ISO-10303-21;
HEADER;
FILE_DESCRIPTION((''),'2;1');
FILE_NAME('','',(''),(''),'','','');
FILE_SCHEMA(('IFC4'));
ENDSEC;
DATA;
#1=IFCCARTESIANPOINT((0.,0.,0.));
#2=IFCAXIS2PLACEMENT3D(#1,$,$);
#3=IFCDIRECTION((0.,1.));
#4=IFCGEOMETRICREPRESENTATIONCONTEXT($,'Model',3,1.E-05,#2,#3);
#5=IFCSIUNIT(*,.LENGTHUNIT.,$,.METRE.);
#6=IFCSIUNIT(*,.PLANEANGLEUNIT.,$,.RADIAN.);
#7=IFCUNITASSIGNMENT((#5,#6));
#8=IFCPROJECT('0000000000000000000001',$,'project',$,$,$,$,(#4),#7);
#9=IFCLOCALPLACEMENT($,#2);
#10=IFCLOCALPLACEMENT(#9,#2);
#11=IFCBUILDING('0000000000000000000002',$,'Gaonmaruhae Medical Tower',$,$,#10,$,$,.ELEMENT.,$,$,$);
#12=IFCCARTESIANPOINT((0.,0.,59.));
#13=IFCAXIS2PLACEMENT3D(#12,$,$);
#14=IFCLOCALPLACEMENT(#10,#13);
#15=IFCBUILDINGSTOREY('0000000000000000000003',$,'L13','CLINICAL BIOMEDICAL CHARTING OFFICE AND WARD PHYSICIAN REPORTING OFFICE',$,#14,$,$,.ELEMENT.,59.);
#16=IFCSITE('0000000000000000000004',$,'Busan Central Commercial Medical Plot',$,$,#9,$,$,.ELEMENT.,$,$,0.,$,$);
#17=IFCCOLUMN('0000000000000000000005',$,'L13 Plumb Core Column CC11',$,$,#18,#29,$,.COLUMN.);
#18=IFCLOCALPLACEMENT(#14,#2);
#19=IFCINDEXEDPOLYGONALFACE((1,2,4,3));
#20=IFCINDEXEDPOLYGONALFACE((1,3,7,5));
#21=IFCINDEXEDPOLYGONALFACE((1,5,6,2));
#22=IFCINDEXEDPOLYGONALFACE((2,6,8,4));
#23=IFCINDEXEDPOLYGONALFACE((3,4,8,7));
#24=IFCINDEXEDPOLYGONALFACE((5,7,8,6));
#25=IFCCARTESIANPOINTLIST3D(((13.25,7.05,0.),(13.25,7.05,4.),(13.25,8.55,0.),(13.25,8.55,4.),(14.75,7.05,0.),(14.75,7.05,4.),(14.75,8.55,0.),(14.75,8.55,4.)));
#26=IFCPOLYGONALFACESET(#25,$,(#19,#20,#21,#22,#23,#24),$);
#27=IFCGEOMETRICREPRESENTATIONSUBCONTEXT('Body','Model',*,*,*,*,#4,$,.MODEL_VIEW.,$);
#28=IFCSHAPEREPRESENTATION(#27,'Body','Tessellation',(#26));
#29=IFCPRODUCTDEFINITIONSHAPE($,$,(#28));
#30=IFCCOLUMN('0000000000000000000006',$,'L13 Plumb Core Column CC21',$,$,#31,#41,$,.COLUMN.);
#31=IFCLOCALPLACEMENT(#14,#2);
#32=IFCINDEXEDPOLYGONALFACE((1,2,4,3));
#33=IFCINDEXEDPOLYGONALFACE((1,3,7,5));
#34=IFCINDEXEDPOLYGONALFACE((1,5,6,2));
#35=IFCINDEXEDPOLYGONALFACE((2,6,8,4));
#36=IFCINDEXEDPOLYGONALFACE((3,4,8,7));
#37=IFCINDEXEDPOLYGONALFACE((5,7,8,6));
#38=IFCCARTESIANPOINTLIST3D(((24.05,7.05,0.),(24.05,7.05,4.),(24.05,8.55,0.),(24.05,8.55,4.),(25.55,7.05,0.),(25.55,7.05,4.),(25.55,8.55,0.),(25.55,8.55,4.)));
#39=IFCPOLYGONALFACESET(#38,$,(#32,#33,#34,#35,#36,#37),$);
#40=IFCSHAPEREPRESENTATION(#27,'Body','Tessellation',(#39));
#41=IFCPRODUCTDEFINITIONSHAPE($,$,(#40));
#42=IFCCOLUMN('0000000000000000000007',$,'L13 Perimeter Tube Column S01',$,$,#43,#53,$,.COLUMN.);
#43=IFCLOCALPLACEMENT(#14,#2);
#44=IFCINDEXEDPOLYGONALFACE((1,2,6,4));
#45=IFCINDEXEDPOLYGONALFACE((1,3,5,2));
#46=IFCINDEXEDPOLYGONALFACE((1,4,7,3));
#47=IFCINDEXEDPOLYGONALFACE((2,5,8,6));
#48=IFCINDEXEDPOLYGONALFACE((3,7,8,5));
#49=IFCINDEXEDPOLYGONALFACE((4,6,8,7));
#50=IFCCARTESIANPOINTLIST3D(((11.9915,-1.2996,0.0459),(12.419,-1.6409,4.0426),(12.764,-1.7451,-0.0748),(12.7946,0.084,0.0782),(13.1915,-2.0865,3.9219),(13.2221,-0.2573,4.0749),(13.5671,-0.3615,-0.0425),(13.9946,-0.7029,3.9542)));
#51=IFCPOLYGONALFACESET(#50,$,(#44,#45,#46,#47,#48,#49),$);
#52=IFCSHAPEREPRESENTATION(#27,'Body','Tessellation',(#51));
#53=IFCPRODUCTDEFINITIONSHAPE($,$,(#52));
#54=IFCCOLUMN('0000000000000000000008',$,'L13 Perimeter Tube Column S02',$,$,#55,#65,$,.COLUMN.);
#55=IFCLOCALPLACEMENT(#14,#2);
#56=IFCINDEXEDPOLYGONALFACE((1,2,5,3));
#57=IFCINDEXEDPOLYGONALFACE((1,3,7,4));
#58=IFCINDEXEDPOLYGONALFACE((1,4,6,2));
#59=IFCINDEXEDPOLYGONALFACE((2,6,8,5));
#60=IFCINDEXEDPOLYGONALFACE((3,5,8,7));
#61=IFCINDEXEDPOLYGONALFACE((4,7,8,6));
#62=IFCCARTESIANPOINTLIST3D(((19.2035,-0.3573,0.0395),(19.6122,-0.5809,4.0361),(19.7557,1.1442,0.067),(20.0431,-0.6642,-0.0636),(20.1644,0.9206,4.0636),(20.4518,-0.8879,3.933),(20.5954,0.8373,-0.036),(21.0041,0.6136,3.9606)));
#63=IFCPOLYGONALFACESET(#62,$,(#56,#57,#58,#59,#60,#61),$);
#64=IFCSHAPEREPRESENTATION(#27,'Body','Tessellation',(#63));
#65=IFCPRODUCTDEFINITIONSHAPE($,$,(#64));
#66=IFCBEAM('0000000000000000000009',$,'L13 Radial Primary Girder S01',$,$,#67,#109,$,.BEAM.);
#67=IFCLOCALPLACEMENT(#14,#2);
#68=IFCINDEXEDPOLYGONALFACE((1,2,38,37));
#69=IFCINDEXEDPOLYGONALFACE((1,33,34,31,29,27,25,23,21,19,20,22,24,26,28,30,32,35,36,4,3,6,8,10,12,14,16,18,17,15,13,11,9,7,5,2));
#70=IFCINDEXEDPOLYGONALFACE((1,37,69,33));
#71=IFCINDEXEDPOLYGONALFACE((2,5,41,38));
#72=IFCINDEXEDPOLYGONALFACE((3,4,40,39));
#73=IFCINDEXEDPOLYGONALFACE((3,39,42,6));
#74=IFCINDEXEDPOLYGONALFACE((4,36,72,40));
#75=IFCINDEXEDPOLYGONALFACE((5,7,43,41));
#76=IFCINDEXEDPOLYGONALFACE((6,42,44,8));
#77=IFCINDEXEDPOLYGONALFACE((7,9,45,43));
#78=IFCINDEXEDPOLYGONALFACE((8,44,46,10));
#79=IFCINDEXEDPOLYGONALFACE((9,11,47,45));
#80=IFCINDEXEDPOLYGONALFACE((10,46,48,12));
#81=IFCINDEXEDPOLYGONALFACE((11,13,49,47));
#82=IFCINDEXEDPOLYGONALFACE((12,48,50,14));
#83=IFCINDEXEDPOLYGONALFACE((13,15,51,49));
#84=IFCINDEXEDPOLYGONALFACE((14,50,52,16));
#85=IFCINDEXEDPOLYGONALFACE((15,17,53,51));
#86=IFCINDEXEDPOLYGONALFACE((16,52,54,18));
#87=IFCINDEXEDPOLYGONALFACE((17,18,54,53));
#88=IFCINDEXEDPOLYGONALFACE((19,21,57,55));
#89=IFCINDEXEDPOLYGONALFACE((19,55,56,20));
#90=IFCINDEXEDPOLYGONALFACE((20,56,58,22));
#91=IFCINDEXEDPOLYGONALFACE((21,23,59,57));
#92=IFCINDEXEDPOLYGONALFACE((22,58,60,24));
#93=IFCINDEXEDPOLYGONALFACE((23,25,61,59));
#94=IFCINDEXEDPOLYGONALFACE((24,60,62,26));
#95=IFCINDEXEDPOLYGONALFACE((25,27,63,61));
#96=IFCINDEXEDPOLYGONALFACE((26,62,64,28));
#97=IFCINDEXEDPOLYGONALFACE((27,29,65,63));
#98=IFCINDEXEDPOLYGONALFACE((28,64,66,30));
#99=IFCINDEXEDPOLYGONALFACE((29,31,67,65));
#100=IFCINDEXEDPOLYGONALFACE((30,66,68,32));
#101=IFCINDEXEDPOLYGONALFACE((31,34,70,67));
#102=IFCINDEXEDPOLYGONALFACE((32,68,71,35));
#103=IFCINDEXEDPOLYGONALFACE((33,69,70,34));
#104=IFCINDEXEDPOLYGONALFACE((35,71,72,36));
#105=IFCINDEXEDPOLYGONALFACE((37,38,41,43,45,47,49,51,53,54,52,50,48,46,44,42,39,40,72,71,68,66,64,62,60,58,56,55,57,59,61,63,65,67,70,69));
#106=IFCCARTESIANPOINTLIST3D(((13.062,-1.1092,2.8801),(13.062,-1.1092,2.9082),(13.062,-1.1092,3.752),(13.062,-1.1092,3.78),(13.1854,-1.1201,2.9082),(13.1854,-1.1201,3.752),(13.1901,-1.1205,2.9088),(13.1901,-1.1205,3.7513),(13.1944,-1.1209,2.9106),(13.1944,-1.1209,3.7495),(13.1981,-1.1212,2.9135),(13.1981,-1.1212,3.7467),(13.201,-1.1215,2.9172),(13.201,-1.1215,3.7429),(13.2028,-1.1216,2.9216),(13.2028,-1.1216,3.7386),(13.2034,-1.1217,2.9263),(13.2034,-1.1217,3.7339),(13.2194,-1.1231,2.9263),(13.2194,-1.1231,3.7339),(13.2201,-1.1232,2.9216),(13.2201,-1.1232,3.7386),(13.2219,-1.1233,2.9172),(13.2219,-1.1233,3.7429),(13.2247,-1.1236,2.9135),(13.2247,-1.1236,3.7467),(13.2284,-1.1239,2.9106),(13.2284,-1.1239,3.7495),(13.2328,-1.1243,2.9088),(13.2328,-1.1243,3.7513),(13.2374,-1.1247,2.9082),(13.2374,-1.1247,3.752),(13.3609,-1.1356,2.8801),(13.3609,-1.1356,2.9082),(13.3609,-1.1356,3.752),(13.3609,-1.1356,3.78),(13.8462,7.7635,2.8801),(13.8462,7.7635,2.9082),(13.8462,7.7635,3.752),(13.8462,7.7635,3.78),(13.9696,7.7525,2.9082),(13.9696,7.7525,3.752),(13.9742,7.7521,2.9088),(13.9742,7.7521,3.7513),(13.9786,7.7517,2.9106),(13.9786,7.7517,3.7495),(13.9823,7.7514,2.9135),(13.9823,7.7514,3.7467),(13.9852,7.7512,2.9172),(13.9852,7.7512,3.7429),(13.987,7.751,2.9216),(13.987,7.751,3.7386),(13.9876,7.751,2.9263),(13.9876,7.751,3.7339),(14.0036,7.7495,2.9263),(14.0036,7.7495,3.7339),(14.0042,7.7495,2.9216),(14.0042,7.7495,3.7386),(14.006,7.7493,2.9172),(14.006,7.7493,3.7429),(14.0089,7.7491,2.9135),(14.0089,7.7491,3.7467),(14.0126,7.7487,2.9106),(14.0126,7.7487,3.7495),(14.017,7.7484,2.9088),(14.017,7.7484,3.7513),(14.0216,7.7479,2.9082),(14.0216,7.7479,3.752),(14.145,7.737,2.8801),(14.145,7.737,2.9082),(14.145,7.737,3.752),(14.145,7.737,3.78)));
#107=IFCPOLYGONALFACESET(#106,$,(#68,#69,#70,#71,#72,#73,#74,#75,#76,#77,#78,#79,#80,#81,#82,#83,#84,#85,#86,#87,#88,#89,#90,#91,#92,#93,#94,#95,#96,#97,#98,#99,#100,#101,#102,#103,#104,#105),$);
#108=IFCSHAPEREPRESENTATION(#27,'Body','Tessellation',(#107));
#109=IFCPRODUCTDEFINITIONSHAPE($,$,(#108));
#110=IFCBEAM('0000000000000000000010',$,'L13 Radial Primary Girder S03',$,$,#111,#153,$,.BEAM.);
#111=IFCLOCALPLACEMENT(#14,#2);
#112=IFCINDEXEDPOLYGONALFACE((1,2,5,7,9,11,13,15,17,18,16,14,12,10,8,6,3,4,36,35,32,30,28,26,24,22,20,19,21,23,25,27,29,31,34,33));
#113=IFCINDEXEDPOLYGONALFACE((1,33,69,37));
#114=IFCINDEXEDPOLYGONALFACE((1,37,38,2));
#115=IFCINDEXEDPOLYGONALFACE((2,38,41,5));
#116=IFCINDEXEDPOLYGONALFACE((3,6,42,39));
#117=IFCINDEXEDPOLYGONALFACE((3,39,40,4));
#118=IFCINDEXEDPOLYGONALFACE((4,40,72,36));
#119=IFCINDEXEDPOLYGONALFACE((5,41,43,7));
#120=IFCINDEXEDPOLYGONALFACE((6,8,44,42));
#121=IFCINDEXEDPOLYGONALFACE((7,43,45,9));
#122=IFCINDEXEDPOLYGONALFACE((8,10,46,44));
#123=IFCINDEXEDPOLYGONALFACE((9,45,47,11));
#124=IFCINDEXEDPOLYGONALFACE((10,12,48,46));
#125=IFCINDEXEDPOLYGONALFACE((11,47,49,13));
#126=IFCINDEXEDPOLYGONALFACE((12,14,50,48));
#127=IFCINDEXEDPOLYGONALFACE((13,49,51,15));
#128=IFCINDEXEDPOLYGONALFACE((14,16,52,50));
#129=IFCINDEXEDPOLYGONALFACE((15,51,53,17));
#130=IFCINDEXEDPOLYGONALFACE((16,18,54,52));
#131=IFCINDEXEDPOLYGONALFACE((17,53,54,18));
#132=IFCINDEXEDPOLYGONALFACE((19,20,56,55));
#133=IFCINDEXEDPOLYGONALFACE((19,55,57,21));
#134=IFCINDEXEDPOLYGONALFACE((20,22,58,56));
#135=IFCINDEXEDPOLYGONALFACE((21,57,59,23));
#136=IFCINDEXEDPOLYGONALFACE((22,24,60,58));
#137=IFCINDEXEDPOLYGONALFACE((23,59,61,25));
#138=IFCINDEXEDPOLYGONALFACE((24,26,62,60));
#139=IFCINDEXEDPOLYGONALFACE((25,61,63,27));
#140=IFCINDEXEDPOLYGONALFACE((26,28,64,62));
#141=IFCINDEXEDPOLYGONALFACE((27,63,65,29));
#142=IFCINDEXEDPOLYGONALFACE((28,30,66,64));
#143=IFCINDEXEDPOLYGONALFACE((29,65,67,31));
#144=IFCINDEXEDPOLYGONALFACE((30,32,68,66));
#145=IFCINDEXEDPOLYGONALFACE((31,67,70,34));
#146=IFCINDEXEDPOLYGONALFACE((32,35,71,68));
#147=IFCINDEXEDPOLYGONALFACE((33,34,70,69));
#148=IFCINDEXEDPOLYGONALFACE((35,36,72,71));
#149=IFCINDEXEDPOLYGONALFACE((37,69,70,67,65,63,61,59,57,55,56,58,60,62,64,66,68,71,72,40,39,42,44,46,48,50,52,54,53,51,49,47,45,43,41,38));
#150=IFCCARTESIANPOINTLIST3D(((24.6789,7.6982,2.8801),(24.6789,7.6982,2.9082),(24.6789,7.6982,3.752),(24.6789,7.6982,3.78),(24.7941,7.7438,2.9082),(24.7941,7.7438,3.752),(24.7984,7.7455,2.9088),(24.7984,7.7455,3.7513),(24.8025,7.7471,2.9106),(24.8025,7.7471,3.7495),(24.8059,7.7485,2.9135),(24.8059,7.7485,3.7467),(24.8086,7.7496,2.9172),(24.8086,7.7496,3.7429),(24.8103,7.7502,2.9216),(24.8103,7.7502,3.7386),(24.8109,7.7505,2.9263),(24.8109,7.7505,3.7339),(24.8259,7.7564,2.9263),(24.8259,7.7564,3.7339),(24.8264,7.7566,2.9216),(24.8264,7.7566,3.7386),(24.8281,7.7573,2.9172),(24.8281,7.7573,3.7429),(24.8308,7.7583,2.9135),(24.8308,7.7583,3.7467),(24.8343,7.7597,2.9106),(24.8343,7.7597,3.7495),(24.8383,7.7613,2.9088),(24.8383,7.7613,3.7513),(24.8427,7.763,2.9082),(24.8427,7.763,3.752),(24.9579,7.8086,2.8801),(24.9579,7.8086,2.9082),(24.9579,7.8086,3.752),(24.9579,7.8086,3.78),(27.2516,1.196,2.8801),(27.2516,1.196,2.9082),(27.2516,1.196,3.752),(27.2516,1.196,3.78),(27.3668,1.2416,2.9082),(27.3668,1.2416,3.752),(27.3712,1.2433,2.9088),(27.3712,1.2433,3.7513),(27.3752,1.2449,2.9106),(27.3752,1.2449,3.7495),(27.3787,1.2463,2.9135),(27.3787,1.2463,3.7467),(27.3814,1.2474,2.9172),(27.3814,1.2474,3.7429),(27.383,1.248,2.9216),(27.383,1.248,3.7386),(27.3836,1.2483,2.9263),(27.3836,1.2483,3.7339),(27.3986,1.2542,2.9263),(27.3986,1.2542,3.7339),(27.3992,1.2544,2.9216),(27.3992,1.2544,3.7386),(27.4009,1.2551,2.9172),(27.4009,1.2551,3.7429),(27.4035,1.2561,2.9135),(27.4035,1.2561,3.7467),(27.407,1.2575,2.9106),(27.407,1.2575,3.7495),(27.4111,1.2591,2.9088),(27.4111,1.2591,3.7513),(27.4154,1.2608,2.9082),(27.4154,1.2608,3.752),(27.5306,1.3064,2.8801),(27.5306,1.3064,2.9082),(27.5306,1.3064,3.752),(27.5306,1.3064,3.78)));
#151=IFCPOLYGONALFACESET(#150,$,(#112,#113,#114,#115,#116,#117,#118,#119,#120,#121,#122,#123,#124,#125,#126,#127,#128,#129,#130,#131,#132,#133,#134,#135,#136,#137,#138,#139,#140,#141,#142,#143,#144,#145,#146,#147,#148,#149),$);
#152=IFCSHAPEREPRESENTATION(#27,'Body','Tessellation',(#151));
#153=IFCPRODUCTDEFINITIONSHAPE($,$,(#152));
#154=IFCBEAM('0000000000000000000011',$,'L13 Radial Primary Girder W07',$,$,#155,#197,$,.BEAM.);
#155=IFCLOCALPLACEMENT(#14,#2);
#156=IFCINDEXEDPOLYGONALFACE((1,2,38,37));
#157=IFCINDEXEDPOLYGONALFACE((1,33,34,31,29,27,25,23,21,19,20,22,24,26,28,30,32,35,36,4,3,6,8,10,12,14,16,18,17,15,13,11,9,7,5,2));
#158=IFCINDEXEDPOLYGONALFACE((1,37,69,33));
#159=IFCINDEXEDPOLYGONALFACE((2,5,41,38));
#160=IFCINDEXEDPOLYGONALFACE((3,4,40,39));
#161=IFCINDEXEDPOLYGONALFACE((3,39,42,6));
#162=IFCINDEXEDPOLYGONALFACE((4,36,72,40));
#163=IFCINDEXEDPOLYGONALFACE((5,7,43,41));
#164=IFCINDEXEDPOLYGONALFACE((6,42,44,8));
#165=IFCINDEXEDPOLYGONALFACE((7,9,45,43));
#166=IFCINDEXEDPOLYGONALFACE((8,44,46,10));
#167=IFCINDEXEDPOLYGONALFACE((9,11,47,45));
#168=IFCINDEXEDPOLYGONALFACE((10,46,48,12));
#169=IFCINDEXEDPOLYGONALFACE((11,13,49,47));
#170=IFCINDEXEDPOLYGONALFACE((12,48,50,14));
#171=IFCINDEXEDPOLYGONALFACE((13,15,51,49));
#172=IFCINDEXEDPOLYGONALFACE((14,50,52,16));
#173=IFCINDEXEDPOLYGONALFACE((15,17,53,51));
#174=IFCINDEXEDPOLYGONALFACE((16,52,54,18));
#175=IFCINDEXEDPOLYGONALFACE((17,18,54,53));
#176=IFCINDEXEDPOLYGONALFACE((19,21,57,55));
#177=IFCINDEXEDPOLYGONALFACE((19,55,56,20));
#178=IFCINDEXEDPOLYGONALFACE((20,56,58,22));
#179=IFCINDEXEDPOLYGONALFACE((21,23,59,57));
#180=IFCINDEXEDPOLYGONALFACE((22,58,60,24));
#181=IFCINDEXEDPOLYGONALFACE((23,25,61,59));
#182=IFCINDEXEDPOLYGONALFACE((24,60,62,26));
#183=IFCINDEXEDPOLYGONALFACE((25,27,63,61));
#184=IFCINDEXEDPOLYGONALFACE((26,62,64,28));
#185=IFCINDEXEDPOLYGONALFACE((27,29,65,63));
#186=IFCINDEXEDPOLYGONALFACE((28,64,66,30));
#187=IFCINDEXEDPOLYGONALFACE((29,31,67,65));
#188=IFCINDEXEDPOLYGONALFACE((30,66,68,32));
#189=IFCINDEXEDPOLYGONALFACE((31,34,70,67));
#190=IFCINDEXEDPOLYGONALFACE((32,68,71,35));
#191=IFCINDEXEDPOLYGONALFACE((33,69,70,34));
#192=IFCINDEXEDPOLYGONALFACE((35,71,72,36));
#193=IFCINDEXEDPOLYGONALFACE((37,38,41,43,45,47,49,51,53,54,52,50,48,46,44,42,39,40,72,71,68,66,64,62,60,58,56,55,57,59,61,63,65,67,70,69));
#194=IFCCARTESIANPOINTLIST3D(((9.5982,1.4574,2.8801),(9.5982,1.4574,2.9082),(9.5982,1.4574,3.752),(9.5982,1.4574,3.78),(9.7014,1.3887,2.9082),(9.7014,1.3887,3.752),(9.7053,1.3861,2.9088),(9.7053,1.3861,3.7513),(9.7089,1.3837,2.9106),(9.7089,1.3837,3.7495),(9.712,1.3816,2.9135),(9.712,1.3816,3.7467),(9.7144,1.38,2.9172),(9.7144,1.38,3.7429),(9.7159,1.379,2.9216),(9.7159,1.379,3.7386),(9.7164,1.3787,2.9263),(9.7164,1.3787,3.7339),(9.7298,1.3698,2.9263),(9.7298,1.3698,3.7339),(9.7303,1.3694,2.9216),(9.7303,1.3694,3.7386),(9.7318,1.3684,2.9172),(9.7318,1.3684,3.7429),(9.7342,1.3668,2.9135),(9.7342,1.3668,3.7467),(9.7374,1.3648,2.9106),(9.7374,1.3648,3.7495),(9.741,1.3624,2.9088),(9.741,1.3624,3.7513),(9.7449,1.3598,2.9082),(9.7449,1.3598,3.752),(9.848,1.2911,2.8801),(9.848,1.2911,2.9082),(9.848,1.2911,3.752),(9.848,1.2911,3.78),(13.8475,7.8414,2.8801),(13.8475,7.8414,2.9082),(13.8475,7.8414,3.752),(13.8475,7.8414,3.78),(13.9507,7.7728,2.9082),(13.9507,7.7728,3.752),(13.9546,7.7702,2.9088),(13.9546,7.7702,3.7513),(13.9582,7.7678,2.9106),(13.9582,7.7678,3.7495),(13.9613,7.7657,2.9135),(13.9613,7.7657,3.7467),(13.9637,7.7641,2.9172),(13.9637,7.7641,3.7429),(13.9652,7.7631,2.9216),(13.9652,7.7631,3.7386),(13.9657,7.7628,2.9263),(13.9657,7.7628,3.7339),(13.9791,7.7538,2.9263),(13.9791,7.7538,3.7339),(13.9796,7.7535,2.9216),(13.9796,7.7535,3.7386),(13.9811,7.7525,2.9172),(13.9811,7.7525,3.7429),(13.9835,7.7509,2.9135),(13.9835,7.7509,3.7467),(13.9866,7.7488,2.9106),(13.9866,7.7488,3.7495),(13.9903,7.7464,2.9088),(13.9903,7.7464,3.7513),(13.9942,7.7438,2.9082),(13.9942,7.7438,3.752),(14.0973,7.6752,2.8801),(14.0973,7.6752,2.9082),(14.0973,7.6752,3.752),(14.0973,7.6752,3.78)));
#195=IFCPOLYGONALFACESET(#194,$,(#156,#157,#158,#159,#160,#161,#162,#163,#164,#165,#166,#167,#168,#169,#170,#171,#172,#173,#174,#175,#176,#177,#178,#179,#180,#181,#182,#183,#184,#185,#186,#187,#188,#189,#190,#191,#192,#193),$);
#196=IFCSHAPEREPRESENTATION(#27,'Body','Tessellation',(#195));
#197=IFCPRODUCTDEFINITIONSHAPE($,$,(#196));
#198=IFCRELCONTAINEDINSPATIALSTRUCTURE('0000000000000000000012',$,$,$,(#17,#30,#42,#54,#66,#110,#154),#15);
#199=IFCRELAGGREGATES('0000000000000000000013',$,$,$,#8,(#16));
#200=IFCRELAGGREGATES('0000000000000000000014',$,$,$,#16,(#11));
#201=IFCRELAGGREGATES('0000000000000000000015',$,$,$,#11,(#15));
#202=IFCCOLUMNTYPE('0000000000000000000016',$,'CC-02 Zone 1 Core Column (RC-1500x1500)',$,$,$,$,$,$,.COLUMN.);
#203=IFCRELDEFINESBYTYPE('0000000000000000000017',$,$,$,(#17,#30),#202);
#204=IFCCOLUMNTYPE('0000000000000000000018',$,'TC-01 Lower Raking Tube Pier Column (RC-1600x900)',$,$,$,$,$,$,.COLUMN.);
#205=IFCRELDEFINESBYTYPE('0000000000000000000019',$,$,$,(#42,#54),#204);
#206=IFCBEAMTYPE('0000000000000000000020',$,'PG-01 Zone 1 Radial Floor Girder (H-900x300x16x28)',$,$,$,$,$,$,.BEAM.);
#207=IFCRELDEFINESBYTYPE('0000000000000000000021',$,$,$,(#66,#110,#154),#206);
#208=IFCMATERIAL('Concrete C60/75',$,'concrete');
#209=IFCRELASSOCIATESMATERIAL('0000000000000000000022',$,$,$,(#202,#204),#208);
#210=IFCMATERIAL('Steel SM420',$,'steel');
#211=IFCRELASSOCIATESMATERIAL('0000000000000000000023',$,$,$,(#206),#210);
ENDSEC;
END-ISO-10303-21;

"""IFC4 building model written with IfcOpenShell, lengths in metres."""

from ifc_helpers import new_model, si_unit, direction, frame, origin, origin_2d, place, context, subcontext, project, spatial, rectangle, i_section, extrude, material, material_profile, profile_set, type_object, element, save


model = new_model("IFC4")

# Units and contexts
model_context = context("Model", 3, precision=1e-05, world=origin(), true_north=direction((0.0, 1.0)))
body_context = subcontext(model_context, "Body", "Model", "MODEL_VIEW")
ifc_project = project(units=[si_unit("LENGTHUNIT", "METRE"), si_unit("PLANEANGLEUNIT", "RADIAN")], contexts=[model_context])

# Site, building, storey
site_placement = place(None, origin())
site = spatial("IfcSite", under=ifc_project, at=site_placement, Name="Busan Central Commercial Medical Plot", CompositionType="ELEMENT", RefElevation=0.0)
building_placement = place(site_placement, origin())
building = spatial("IfcBuilding", under=site, at=building_placement, Name="Gaonmaruhae Medical Tower", CompositionType="ELEMENT")
storey_placement = place(building_placement, frame((0.0, 0.0, 59.0)))
storey = spatial("IfcBuildingStorey", under=building, at=storey_placement, Name="L13", Description="CLINICAL BIOMEDICAL CHARTING OFFICE AND WARD PHYSICIAN REPORTING OFFICE", CompositionType="ELEMENT", Elevation=59.0)

# Columns
ifc_material_1 = material(Name="Concrete C60/75", Category="concrete")
ifc_material_profile_1 = material_profile(ifc_material_1, rectangle(XDim=1.5, YDim=1.5, at=origin_2d()), Name="RC-1500x1500")
ifc_profile_set_1 = profile_set([ifc_material_profile_1], Name="Concrete C60/75")
column_type_1 = type_object("IfcColumnType", Name="CC-02 Zone 1 Core Column (RC-1500x1500)", PredefinedType="COLUMN", material=ifc_profile_set_1)
for number, where, z_axis, x_axis, name in (
    (1, (14.0, 7.8, 0.0), (0.0, 0.0, 1.0), (1.0, 0.0, 0.0), "L13 Plumb Core Column CC11"),
    (2, (24.8, 7.8, 0.0), (0.0, 0.0, 1.0), (1.0, 0.0, 0.0), "L13 Plumb Core Column CC21"),
):
    element("IfcColumn", number, at=place(storey_placement, frame(where, z_axis=z_axis, x_axis=x_axis)), inside=storey, type_object=column_type_1, Name=name, PredefinedType="COLUMN", context=body_context, shape_type="SweptSolid", body=[
        extrude(rectangle(XDim=1.5, YDim=1.5, at=origin_2d()), origin(), (0.0, 0.0, 1.0), 4.0),
    ])
ifc_material_profile_2 = material_profile(ifc_material_1, rectangle(XDim=1.6001, YDim=0.8999, at=origin_2d()), Name="RC-1600x900")
ifc_profile_set_2 = profile_set([ifc_material_profile_2], Name="Concrete C60/75")
column_type_2 = type_object("IfcColumnType", Name="TC-01 Lower Raking Tube Pier Column (RC-1600x900)", PredefinedType="COLUMN", material=ifc_profile_set_2)
column_1_placement = place(storey_placement, frame((12.7793, -0.8306, 0.0017), z_axis=(0.105976, -0.084611, 0.990762), x_axis=(0.501888, 0.864698, 0.020161)))
element("IfcColumn", 3, at=column_1_placement, inside=storey, type_object=column_type_2, Name="L13 Perimeter Tube Column S01", PredefinedType="COLUMN", context=body_context, shape_type="SweptSolid", body=[
    extrude(rectangle(XDim=1.6001, YDim=0.8999, at=origin_2d()), origin(), (0.0, 0.0, 1.0), 4.0339),
])
column_2_placement = place(storey_placement, frame((19.8994, 0.24, 0.0017), z_axis=(0.101572, -0.05558, 0.993274), x_axis=(0.345146, 0.938391, 0.017214)))
element("IfcColumn", 4, at=column_2_placement, inside=storey, type_object=column_type_2, Name="L13 Perimeter Tube Column S02", PredefinedType="COLUMN", context=body_context, shape_type="SweptSolid", body=[
    extrude(rectangle(XDim=1.6001, YDim=0.8999, at=origin_2d()), origin(), (0.0, 0.0, 1.0), 4.0237),
])

# Beams
ifc_material_2 = material(Name="Steel SM420", Category="steel")
ifc_material_profile_3 = material_profile(ifc_material_2, i_section(OverallWidth=0.3, OverallDepth=0.8999, WebThickness=0.0161, FlangeThickness=0.0281, FilletRadius=0.0181, at=origin_2d()), Name="H-900x300x16x28")
ifc_profile_set_3 = profile_set([ifc_material_profile_3], Name="Steel SM420")
beam_type_1 = type_object("IfcBeamType", Name="PG-01 Zone 1 Radial Floor Girder (H-900x300x16x28)", PredefinedType="BEAM", material=ifc_profile_set_3)
beam_1_placement = place(storey_placement, frame((13.9956, 7.7502, 3.3301), z_axis=(-0.088039, -0.996117, 0.0), x_axis=(0.996117, -0.088039, 0.0)))
element("IfcBeam", 5, at=beam_1_placement, inside=storey, type_object=beam_type_1, Name="L13 Radial Primary Girder S01", PredefinedType="BEAM", context=body_context, shape_type="SweptSolid", body=[
    extrude(i_section(OverallWidth=0.3, OverallDepth=0.8999, WebThickness=0.0161, FlangeThickness=0.0281, FilletRadius=0.0181, at=origin_2d()), origin(), (0.0, 0.0, 1.0), 8.9072),
])
beam_2_placement = place(storey_placement, frame((24.8184, 7.7534, 3.3301), z_axis=(0.367921, -0.929857, 0.0), x_axis=(0.929857, 0.367921, 0.0)))
element("IfcBeam", 6, at=beam_2_placement, inside=storey, type_object=beam_type_1, Name="L13 Radial Primary Girder S03", PredefinedType="BEAM", context=body_context, shape_type="SweptSolid", body=[
    extrude(i_section(OverallWidth=0.3, OverallDepth=0.8999, WebThickness=0.0161, FlangeThickness=0.0281, FilletRadius=0.0181, at=origin_2d()), origin(), (0.0, 0.0, 1.0), 6.9927),
])
beam_3_placement = place(storey_placement, frame((13.9724, 7.7583, 3.3301), z_axis=(-0.55409, -0.832457, 0.0), x_axis=(0.832457, -0.55409, 0.0)))
element("IfcBeam", 7, at=beam_3_placement, inside=storey, type_object=beam_type_1, Name="L13 Radial Primary Girder W07", PredefinedType="BEAM", context=body_context, shape_type="SweptSolid", body=[
    extrude(i_section(OverallWidth=0.3, OverallDepth=0.8999, WebThickness=0.0161, FlangeThickness=0.0281, FilletRadius=0.0181, at=origin_2d()), origin(), (0.0, 0.0, 1.0), 7.6689),
])

save(model, "model.ifc")
